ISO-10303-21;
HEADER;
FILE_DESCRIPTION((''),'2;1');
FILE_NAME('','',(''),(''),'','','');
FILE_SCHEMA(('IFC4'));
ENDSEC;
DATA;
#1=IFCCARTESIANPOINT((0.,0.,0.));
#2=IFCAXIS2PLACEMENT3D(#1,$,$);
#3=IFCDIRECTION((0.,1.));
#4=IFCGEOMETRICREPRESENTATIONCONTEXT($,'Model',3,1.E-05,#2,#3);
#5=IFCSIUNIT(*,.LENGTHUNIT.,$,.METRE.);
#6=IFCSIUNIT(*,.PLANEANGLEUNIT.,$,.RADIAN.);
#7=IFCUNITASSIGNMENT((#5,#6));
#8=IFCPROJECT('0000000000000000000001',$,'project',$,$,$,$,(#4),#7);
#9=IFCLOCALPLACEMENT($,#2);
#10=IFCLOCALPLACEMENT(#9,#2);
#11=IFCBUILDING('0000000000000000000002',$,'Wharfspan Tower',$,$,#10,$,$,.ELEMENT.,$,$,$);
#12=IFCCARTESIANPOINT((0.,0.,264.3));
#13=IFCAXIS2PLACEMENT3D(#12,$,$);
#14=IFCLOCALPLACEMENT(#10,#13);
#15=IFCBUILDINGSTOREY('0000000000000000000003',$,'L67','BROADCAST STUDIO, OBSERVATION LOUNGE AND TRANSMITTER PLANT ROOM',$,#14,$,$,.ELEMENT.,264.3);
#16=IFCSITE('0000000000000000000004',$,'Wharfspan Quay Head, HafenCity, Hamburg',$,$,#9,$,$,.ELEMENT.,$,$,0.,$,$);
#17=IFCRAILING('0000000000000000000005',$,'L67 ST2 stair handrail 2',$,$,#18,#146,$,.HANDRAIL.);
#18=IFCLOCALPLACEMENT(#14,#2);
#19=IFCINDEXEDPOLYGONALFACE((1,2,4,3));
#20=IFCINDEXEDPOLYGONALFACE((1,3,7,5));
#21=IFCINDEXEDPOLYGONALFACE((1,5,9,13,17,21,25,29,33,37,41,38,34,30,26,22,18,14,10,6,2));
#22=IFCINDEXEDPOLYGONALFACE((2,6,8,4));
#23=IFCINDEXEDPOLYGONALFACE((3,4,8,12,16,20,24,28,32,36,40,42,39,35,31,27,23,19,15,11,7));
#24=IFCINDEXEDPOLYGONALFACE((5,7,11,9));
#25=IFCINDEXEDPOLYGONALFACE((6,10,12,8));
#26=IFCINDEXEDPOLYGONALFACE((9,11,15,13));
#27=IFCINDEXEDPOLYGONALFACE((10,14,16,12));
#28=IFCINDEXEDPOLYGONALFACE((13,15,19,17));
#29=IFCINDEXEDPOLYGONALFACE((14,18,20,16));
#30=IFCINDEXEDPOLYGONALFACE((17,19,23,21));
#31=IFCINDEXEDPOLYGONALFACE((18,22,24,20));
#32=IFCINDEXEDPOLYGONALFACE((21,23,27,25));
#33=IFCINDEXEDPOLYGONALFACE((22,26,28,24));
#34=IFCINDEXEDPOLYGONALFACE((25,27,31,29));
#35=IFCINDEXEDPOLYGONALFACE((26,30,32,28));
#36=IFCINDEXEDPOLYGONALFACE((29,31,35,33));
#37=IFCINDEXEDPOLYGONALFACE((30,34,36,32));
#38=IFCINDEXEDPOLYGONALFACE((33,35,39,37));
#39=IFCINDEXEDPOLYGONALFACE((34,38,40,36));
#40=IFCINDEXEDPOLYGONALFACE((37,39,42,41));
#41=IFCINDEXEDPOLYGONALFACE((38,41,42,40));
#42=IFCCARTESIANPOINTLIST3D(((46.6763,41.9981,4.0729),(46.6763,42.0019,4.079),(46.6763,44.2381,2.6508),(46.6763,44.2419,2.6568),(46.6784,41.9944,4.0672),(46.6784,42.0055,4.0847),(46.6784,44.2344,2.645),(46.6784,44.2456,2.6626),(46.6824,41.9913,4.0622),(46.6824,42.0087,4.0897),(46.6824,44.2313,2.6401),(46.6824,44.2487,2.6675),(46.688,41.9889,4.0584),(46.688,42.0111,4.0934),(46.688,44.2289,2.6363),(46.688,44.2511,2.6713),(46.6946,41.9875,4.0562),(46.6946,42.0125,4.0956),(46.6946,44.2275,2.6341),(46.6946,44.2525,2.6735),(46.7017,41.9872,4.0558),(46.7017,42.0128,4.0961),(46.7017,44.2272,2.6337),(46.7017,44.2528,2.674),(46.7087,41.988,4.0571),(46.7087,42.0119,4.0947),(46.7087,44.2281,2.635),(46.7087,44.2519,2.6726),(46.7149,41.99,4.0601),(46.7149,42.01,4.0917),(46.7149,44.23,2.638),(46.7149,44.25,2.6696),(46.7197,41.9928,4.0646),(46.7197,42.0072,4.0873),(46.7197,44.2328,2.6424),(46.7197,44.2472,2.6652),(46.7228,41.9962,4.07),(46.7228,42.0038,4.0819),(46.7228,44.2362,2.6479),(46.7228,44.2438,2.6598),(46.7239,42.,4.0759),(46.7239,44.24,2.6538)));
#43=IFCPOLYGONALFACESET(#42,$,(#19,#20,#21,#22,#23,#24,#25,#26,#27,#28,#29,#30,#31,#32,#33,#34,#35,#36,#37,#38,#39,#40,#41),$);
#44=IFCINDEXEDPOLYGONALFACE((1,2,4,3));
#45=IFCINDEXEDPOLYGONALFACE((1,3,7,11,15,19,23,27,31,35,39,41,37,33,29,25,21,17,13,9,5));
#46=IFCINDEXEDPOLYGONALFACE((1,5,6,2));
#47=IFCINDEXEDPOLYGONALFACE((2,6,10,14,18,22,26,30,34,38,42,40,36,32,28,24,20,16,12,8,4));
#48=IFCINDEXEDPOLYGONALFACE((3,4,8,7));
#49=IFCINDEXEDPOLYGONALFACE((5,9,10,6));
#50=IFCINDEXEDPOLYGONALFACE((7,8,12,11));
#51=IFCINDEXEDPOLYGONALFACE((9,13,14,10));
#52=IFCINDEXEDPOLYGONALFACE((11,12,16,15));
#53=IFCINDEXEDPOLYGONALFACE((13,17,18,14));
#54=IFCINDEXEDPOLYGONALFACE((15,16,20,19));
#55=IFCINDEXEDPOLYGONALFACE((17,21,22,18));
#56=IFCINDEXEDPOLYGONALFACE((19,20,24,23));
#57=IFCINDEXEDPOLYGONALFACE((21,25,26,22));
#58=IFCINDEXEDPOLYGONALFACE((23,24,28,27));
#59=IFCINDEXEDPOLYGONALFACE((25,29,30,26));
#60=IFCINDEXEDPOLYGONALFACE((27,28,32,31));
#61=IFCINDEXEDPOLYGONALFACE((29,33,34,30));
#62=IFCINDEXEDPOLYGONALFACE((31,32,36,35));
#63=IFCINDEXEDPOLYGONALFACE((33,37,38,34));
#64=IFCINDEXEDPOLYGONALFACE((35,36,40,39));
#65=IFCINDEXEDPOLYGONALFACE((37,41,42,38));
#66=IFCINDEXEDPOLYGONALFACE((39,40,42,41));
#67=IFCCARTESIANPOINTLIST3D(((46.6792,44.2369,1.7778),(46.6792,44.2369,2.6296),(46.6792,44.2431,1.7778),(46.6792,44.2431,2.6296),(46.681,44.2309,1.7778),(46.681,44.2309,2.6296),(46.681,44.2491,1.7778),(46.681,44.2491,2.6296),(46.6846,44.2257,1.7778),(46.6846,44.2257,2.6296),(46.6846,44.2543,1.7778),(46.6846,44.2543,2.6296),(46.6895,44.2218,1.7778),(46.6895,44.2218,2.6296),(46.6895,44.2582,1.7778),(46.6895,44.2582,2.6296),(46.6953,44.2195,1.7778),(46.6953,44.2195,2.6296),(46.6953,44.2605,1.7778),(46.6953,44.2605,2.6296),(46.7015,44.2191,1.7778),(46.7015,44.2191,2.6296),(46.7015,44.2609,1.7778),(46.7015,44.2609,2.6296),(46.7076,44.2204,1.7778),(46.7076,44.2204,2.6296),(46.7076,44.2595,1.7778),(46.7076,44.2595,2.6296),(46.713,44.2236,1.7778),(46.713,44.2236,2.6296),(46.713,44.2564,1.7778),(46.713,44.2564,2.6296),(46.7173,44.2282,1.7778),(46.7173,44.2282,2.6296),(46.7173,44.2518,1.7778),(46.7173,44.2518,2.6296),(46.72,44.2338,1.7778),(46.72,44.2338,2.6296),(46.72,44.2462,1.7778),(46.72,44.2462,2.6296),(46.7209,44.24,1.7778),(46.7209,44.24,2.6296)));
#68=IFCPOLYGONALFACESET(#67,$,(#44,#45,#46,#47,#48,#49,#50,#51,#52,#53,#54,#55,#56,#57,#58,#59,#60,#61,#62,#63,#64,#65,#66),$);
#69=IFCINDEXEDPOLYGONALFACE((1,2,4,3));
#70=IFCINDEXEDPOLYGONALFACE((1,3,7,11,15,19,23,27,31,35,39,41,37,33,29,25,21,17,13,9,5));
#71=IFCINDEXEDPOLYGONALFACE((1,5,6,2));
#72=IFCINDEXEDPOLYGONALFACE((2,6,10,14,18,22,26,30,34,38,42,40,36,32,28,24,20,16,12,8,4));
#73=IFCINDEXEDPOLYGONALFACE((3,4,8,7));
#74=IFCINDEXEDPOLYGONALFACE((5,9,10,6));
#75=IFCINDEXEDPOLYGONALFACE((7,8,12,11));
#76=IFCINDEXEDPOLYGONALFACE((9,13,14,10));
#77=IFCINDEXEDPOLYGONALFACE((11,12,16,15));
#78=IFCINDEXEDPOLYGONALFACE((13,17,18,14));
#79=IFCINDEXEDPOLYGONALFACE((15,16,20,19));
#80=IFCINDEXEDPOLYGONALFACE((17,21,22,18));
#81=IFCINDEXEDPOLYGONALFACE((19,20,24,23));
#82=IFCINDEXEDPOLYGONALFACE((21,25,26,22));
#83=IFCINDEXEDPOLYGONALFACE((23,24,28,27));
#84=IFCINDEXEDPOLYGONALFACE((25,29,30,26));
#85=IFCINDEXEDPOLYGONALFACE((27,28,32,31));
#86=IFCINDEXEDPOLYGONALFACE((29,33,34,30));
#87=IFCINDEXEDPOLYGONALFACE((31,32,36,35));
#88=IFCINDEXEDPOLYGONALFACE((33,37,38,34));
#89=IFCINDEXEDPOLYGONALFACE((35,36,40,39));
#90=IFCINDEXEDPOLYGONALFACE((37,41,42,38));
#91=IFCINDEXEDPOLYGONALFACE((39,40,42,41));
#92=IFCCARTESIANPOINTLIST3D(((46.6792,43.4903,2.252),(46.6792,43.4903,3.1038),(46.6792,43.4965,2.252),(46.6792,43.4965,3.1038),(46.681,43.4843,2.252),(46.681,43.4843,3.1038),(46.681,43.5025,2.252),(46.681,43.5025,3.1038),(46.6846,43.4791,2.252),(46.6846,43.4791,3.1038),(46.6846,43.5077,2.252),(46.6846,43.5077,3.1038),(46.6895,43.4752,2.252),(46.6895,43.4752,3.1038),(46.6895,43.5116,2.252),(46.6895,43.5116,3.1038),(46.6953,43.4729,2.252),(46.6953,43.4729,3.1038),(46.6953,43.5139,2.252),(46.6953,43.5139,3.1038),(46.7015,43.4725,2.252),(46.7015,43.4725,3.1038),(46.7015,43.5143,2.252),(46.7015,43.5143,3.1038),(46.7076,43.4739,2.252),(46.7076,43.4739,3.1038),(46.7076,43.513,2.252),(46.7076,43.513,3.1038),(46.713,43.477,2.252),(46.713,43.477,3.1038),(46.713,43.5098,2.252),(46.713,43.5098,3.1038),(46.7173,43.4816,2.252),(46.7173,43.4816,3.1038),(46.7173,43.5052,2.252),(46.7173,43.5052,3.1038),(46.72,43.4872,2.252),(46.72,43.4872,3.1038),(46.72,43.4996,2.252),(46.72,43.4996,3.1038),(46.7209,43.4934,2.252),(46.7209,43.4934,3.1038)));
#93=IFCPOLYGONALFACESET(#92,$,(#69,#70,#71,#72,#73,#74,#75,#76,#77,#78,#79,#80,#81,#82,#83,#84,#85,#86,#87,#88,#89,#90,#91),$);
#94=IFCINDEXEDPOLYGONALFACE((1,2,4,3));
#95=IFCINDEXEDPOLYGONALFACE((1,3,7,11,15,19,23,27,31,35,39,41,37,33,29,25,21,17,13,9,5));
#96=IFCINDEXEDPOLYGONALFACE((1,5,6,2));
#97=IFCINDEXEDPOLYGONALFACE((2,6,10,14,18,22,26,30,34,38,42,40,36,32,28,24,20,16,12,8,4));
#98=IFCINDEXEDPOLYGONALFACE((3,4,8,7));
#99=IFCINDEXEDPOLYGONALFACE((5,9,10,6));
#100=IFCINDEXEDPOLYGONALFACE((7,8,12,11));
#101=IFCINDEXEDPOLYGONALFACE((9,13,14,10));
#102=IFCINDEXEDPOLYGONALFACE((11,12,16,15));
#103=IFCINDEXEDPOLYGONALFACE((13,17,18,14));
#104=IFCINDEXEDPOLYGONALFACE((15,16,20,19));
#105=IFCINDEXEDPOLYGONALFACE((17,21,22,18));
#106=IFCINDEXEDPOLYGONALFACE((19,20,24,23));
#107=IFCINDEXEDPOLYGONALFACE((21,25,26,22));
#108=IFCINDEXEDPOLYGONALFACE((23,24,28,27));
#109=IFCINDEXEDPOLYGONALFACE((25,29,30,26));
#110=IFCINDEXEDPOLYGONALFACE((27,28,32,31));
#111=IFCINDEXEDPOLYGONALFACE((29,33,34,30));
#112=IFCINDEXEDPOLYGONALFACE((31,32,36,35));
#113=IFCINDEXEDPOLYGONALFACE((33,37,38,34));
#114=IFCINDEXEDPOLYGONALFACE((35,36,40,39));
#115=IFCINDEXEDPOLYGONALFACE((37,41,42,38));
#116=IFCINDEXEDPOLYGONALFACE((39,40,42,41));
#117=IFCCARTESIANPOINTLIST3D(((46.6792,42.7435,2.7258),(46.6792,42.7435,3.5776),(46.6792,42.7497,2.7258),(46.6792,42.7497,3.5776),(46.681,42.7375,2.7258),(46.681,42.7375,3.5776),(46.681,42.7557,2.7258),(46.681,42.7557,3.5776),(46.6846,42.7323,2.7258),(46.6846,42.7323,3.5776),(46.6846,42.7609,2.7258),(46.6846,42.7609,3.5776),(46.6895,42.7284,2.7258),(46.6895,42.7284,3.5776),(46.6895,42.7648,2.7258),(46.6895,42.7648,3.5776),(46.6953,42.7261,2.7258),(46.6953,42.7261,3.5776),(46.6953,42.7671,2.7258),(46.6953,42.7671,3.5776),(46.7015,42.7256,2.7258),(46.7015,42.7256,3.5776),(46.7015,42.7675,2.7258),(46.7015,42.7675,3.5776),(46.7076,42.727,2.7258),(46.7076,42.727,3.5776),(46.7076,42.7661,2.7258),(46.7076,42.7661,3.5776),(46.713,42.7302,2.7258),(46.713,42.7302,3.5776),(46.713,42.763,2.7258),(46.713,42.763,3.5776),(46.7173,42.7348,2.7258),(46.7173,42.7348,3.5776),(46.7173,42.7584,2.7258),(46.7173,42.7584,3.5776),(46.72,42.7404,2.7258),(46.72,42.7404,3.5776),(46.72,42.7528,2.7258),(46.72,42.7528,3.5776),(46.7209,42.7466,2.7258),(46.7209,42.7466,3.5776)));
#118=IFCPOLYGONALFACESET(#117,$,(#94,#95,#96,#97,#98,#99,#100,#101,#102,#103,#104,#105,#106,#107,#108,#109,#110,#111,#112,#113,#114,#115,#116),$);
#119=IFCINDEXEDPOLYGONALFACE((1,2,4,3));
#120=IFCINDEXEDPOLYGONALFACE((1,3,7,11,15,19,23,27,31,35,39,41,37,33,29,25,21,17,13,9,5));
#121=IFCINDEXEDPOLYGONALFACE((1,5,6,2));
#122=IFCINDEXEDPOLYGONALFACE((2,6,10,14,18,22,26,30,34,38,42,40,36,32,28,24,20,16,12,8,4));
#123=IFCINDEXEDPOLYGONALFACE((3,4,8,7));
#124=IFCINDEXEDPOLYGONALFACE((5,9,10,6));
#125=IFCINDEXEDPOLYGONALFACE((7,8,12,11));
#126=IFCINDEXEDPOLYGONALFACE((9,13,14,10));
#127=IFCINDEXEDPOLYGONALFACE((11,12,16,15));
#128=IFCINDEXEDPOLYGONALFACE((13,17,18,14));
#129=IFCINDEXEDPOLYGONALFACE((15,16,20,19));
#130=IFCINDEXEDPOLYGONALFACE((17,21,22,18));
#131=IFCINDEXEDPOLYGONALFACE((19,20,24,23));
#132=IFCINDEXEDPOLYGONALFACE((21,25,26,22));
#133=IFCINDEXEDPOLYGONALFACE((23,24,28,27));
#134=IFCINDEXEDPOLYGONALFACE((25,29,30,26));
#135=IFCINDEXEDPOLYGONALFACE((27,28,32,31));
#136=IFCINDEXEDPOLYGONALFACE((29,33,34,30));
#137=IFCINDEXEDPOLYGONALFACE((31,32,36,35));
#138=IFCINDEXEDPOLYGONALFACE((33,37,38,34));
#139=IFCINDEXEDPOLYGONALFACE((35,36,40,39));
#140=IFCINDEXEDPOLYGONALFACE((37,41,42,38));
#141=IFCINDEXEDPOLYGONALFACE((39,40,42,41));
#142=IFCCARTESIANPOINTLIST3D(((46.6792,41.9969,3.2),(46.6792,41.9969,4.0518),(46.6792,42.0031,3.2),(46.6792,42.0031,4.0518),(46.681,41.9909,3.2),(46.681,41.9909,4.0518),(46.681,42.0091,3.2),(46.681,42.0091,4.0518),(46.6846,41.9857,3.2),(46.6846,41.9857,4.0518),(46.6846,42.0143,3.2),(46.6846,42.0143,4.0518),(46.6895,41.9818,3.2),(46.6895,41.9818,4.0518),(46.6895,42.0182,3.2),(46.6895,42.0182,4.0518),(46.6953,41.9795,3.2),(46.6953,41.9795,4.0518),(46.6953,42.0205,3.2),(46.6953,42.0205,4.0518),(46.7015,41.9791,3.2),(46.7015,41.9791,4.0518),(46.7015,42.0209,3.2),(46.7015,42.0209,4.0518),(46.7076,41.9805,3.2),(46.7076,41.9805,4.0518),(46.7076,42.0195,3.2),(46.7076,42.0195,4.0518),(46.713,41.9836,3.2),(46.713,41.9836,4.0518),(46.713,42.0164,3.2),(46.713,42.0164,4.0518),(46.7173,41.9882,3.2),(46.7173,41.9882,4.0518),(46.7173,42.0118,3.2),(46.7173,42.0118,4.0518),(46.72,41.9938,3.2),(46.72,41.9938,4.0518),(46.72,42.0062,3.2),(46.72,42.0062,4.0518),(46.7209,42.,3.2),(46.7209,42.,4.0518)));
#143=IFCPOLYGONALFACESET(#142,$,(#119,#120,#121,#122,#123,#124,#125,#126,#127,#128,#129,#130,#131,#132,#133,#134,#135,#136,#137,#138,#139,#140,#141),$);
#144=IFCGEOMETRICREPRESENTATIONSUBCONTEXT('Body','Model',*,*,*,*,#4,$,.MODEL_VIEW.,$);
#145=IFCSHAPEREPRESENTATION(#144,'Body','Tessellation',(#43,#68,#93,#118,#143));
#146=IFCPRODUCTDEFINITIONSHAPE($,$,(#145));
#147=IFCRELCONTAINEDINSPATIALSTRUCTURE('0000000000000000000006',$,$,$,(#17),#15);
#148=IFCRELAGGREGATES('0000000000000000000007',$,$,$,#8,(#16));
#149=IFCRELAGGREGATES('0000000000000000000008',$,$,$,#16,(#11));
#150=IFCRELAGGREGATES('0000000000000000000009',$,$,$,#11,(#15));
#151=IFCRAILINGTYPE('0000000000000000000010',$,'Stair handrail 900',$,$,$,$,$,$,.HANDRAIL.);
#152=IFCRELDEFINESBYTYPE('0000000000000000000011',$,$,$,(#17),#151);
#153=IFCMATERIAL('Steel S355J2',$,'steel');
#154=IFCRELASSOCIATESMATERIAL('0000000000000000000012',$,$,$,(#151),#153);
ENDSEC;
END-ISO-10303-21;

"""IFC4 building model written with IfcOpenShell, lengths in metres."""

from ifc_helpers import new_model, si_unit, direction, frame, origin, origin_2d, place, context, subcontext, project, spatial, circle, extrude, material, type_object, element, save


model = new_model("IFC4")

# Units and contexts
model_context = context("Model", 3, precision=1e-05, world=origin(), true_north=direction((0.0, 1.0)))
body_context = subcontext(model_context, "Body", "Model", "MODEL_VIEW")
ifc_project = project(units=[si_unit("LENGTHUNIT", "METRE"), si_unit("PLANEANGLEUNIT", "RADIAN")], contexts=[model_context])

# Site, building, storey
site_placement = place(None, origin())
site = spatial("IfcSite", under=ifc_project, at=site_placement, Name="Wharfspan Quay Head, HafenCity, Hamburg", CompositionType="ELEMENT", RefElevation=0.0)
building_placement = place(site_placement, origin())
building = spatial("IfcBuilding", under=site, at=building_placement, Name="Wharfspan Tower", CompositionType="ELEMENT")
storey_placement = place(building_placement, frame((0.0, 0.0, 264.3)))
storey = spatial("IfcBuildingStorey", under=building, at=storey_placement, Name="L67", Description="BROADCAST STUDIO, OBSERVATION LOUNGE AND TRANSMITTER PLANT ROOM", CompositionType="ELEMENT", Elevation=264.3)

# Railing
ifc_material_1 = material(Name="Steel S355J2", Category="steel")
railing_type_1 = type_object("IfcRailingType", Name="Stair handrail 900", PredefinedType="HANDRAIL", material=ifc_material_1)
railing_1_placement = place(storey_placement, frame((46.7, 44.24, 1.7778)))
element("IfcRailing", 1, at=railing_1_placement, inside=storey, type_object=railing_type_1, Name="L67 ST2 stair handrail 2", PredefinedType="HANDRAIL", context=body_context, shape_type="SweptSolid", body=[
    extrude(circle(Radius=0.0239, at=origin_2d()), frame((0.0, 0.0, 0.876), z_axis=(0.0, -0.844229, 0.535982), x_axis=(1.0, 0.0, 0.0)), (0.0, 0.0, 1.0), 2.6533),
    extrude(circle(Radius=0.021, at=origin_2d()), origin(), (0.0, 0.0, 1.0), 0.8518),
    extrude(circle(Radius=0.021, at=origin_2d()), frame((0.0, -0.7466, 0.4741)), (0.0, 0.0, 1.0), 0.8518),
    extrude(circle(Radius=0.021, at=origin_2d()), frame((0.0, -1.4934, 0.948)), (0.0, 0.0, 1.0), 0.8518),
    extrude(circle(Radius=0.021, at=origin_2d()), frame((0.0, -2.24, 1.4221)), (0.0, 0.0, 1.0), 0.8518),
])

save(model, "model.ifc")
